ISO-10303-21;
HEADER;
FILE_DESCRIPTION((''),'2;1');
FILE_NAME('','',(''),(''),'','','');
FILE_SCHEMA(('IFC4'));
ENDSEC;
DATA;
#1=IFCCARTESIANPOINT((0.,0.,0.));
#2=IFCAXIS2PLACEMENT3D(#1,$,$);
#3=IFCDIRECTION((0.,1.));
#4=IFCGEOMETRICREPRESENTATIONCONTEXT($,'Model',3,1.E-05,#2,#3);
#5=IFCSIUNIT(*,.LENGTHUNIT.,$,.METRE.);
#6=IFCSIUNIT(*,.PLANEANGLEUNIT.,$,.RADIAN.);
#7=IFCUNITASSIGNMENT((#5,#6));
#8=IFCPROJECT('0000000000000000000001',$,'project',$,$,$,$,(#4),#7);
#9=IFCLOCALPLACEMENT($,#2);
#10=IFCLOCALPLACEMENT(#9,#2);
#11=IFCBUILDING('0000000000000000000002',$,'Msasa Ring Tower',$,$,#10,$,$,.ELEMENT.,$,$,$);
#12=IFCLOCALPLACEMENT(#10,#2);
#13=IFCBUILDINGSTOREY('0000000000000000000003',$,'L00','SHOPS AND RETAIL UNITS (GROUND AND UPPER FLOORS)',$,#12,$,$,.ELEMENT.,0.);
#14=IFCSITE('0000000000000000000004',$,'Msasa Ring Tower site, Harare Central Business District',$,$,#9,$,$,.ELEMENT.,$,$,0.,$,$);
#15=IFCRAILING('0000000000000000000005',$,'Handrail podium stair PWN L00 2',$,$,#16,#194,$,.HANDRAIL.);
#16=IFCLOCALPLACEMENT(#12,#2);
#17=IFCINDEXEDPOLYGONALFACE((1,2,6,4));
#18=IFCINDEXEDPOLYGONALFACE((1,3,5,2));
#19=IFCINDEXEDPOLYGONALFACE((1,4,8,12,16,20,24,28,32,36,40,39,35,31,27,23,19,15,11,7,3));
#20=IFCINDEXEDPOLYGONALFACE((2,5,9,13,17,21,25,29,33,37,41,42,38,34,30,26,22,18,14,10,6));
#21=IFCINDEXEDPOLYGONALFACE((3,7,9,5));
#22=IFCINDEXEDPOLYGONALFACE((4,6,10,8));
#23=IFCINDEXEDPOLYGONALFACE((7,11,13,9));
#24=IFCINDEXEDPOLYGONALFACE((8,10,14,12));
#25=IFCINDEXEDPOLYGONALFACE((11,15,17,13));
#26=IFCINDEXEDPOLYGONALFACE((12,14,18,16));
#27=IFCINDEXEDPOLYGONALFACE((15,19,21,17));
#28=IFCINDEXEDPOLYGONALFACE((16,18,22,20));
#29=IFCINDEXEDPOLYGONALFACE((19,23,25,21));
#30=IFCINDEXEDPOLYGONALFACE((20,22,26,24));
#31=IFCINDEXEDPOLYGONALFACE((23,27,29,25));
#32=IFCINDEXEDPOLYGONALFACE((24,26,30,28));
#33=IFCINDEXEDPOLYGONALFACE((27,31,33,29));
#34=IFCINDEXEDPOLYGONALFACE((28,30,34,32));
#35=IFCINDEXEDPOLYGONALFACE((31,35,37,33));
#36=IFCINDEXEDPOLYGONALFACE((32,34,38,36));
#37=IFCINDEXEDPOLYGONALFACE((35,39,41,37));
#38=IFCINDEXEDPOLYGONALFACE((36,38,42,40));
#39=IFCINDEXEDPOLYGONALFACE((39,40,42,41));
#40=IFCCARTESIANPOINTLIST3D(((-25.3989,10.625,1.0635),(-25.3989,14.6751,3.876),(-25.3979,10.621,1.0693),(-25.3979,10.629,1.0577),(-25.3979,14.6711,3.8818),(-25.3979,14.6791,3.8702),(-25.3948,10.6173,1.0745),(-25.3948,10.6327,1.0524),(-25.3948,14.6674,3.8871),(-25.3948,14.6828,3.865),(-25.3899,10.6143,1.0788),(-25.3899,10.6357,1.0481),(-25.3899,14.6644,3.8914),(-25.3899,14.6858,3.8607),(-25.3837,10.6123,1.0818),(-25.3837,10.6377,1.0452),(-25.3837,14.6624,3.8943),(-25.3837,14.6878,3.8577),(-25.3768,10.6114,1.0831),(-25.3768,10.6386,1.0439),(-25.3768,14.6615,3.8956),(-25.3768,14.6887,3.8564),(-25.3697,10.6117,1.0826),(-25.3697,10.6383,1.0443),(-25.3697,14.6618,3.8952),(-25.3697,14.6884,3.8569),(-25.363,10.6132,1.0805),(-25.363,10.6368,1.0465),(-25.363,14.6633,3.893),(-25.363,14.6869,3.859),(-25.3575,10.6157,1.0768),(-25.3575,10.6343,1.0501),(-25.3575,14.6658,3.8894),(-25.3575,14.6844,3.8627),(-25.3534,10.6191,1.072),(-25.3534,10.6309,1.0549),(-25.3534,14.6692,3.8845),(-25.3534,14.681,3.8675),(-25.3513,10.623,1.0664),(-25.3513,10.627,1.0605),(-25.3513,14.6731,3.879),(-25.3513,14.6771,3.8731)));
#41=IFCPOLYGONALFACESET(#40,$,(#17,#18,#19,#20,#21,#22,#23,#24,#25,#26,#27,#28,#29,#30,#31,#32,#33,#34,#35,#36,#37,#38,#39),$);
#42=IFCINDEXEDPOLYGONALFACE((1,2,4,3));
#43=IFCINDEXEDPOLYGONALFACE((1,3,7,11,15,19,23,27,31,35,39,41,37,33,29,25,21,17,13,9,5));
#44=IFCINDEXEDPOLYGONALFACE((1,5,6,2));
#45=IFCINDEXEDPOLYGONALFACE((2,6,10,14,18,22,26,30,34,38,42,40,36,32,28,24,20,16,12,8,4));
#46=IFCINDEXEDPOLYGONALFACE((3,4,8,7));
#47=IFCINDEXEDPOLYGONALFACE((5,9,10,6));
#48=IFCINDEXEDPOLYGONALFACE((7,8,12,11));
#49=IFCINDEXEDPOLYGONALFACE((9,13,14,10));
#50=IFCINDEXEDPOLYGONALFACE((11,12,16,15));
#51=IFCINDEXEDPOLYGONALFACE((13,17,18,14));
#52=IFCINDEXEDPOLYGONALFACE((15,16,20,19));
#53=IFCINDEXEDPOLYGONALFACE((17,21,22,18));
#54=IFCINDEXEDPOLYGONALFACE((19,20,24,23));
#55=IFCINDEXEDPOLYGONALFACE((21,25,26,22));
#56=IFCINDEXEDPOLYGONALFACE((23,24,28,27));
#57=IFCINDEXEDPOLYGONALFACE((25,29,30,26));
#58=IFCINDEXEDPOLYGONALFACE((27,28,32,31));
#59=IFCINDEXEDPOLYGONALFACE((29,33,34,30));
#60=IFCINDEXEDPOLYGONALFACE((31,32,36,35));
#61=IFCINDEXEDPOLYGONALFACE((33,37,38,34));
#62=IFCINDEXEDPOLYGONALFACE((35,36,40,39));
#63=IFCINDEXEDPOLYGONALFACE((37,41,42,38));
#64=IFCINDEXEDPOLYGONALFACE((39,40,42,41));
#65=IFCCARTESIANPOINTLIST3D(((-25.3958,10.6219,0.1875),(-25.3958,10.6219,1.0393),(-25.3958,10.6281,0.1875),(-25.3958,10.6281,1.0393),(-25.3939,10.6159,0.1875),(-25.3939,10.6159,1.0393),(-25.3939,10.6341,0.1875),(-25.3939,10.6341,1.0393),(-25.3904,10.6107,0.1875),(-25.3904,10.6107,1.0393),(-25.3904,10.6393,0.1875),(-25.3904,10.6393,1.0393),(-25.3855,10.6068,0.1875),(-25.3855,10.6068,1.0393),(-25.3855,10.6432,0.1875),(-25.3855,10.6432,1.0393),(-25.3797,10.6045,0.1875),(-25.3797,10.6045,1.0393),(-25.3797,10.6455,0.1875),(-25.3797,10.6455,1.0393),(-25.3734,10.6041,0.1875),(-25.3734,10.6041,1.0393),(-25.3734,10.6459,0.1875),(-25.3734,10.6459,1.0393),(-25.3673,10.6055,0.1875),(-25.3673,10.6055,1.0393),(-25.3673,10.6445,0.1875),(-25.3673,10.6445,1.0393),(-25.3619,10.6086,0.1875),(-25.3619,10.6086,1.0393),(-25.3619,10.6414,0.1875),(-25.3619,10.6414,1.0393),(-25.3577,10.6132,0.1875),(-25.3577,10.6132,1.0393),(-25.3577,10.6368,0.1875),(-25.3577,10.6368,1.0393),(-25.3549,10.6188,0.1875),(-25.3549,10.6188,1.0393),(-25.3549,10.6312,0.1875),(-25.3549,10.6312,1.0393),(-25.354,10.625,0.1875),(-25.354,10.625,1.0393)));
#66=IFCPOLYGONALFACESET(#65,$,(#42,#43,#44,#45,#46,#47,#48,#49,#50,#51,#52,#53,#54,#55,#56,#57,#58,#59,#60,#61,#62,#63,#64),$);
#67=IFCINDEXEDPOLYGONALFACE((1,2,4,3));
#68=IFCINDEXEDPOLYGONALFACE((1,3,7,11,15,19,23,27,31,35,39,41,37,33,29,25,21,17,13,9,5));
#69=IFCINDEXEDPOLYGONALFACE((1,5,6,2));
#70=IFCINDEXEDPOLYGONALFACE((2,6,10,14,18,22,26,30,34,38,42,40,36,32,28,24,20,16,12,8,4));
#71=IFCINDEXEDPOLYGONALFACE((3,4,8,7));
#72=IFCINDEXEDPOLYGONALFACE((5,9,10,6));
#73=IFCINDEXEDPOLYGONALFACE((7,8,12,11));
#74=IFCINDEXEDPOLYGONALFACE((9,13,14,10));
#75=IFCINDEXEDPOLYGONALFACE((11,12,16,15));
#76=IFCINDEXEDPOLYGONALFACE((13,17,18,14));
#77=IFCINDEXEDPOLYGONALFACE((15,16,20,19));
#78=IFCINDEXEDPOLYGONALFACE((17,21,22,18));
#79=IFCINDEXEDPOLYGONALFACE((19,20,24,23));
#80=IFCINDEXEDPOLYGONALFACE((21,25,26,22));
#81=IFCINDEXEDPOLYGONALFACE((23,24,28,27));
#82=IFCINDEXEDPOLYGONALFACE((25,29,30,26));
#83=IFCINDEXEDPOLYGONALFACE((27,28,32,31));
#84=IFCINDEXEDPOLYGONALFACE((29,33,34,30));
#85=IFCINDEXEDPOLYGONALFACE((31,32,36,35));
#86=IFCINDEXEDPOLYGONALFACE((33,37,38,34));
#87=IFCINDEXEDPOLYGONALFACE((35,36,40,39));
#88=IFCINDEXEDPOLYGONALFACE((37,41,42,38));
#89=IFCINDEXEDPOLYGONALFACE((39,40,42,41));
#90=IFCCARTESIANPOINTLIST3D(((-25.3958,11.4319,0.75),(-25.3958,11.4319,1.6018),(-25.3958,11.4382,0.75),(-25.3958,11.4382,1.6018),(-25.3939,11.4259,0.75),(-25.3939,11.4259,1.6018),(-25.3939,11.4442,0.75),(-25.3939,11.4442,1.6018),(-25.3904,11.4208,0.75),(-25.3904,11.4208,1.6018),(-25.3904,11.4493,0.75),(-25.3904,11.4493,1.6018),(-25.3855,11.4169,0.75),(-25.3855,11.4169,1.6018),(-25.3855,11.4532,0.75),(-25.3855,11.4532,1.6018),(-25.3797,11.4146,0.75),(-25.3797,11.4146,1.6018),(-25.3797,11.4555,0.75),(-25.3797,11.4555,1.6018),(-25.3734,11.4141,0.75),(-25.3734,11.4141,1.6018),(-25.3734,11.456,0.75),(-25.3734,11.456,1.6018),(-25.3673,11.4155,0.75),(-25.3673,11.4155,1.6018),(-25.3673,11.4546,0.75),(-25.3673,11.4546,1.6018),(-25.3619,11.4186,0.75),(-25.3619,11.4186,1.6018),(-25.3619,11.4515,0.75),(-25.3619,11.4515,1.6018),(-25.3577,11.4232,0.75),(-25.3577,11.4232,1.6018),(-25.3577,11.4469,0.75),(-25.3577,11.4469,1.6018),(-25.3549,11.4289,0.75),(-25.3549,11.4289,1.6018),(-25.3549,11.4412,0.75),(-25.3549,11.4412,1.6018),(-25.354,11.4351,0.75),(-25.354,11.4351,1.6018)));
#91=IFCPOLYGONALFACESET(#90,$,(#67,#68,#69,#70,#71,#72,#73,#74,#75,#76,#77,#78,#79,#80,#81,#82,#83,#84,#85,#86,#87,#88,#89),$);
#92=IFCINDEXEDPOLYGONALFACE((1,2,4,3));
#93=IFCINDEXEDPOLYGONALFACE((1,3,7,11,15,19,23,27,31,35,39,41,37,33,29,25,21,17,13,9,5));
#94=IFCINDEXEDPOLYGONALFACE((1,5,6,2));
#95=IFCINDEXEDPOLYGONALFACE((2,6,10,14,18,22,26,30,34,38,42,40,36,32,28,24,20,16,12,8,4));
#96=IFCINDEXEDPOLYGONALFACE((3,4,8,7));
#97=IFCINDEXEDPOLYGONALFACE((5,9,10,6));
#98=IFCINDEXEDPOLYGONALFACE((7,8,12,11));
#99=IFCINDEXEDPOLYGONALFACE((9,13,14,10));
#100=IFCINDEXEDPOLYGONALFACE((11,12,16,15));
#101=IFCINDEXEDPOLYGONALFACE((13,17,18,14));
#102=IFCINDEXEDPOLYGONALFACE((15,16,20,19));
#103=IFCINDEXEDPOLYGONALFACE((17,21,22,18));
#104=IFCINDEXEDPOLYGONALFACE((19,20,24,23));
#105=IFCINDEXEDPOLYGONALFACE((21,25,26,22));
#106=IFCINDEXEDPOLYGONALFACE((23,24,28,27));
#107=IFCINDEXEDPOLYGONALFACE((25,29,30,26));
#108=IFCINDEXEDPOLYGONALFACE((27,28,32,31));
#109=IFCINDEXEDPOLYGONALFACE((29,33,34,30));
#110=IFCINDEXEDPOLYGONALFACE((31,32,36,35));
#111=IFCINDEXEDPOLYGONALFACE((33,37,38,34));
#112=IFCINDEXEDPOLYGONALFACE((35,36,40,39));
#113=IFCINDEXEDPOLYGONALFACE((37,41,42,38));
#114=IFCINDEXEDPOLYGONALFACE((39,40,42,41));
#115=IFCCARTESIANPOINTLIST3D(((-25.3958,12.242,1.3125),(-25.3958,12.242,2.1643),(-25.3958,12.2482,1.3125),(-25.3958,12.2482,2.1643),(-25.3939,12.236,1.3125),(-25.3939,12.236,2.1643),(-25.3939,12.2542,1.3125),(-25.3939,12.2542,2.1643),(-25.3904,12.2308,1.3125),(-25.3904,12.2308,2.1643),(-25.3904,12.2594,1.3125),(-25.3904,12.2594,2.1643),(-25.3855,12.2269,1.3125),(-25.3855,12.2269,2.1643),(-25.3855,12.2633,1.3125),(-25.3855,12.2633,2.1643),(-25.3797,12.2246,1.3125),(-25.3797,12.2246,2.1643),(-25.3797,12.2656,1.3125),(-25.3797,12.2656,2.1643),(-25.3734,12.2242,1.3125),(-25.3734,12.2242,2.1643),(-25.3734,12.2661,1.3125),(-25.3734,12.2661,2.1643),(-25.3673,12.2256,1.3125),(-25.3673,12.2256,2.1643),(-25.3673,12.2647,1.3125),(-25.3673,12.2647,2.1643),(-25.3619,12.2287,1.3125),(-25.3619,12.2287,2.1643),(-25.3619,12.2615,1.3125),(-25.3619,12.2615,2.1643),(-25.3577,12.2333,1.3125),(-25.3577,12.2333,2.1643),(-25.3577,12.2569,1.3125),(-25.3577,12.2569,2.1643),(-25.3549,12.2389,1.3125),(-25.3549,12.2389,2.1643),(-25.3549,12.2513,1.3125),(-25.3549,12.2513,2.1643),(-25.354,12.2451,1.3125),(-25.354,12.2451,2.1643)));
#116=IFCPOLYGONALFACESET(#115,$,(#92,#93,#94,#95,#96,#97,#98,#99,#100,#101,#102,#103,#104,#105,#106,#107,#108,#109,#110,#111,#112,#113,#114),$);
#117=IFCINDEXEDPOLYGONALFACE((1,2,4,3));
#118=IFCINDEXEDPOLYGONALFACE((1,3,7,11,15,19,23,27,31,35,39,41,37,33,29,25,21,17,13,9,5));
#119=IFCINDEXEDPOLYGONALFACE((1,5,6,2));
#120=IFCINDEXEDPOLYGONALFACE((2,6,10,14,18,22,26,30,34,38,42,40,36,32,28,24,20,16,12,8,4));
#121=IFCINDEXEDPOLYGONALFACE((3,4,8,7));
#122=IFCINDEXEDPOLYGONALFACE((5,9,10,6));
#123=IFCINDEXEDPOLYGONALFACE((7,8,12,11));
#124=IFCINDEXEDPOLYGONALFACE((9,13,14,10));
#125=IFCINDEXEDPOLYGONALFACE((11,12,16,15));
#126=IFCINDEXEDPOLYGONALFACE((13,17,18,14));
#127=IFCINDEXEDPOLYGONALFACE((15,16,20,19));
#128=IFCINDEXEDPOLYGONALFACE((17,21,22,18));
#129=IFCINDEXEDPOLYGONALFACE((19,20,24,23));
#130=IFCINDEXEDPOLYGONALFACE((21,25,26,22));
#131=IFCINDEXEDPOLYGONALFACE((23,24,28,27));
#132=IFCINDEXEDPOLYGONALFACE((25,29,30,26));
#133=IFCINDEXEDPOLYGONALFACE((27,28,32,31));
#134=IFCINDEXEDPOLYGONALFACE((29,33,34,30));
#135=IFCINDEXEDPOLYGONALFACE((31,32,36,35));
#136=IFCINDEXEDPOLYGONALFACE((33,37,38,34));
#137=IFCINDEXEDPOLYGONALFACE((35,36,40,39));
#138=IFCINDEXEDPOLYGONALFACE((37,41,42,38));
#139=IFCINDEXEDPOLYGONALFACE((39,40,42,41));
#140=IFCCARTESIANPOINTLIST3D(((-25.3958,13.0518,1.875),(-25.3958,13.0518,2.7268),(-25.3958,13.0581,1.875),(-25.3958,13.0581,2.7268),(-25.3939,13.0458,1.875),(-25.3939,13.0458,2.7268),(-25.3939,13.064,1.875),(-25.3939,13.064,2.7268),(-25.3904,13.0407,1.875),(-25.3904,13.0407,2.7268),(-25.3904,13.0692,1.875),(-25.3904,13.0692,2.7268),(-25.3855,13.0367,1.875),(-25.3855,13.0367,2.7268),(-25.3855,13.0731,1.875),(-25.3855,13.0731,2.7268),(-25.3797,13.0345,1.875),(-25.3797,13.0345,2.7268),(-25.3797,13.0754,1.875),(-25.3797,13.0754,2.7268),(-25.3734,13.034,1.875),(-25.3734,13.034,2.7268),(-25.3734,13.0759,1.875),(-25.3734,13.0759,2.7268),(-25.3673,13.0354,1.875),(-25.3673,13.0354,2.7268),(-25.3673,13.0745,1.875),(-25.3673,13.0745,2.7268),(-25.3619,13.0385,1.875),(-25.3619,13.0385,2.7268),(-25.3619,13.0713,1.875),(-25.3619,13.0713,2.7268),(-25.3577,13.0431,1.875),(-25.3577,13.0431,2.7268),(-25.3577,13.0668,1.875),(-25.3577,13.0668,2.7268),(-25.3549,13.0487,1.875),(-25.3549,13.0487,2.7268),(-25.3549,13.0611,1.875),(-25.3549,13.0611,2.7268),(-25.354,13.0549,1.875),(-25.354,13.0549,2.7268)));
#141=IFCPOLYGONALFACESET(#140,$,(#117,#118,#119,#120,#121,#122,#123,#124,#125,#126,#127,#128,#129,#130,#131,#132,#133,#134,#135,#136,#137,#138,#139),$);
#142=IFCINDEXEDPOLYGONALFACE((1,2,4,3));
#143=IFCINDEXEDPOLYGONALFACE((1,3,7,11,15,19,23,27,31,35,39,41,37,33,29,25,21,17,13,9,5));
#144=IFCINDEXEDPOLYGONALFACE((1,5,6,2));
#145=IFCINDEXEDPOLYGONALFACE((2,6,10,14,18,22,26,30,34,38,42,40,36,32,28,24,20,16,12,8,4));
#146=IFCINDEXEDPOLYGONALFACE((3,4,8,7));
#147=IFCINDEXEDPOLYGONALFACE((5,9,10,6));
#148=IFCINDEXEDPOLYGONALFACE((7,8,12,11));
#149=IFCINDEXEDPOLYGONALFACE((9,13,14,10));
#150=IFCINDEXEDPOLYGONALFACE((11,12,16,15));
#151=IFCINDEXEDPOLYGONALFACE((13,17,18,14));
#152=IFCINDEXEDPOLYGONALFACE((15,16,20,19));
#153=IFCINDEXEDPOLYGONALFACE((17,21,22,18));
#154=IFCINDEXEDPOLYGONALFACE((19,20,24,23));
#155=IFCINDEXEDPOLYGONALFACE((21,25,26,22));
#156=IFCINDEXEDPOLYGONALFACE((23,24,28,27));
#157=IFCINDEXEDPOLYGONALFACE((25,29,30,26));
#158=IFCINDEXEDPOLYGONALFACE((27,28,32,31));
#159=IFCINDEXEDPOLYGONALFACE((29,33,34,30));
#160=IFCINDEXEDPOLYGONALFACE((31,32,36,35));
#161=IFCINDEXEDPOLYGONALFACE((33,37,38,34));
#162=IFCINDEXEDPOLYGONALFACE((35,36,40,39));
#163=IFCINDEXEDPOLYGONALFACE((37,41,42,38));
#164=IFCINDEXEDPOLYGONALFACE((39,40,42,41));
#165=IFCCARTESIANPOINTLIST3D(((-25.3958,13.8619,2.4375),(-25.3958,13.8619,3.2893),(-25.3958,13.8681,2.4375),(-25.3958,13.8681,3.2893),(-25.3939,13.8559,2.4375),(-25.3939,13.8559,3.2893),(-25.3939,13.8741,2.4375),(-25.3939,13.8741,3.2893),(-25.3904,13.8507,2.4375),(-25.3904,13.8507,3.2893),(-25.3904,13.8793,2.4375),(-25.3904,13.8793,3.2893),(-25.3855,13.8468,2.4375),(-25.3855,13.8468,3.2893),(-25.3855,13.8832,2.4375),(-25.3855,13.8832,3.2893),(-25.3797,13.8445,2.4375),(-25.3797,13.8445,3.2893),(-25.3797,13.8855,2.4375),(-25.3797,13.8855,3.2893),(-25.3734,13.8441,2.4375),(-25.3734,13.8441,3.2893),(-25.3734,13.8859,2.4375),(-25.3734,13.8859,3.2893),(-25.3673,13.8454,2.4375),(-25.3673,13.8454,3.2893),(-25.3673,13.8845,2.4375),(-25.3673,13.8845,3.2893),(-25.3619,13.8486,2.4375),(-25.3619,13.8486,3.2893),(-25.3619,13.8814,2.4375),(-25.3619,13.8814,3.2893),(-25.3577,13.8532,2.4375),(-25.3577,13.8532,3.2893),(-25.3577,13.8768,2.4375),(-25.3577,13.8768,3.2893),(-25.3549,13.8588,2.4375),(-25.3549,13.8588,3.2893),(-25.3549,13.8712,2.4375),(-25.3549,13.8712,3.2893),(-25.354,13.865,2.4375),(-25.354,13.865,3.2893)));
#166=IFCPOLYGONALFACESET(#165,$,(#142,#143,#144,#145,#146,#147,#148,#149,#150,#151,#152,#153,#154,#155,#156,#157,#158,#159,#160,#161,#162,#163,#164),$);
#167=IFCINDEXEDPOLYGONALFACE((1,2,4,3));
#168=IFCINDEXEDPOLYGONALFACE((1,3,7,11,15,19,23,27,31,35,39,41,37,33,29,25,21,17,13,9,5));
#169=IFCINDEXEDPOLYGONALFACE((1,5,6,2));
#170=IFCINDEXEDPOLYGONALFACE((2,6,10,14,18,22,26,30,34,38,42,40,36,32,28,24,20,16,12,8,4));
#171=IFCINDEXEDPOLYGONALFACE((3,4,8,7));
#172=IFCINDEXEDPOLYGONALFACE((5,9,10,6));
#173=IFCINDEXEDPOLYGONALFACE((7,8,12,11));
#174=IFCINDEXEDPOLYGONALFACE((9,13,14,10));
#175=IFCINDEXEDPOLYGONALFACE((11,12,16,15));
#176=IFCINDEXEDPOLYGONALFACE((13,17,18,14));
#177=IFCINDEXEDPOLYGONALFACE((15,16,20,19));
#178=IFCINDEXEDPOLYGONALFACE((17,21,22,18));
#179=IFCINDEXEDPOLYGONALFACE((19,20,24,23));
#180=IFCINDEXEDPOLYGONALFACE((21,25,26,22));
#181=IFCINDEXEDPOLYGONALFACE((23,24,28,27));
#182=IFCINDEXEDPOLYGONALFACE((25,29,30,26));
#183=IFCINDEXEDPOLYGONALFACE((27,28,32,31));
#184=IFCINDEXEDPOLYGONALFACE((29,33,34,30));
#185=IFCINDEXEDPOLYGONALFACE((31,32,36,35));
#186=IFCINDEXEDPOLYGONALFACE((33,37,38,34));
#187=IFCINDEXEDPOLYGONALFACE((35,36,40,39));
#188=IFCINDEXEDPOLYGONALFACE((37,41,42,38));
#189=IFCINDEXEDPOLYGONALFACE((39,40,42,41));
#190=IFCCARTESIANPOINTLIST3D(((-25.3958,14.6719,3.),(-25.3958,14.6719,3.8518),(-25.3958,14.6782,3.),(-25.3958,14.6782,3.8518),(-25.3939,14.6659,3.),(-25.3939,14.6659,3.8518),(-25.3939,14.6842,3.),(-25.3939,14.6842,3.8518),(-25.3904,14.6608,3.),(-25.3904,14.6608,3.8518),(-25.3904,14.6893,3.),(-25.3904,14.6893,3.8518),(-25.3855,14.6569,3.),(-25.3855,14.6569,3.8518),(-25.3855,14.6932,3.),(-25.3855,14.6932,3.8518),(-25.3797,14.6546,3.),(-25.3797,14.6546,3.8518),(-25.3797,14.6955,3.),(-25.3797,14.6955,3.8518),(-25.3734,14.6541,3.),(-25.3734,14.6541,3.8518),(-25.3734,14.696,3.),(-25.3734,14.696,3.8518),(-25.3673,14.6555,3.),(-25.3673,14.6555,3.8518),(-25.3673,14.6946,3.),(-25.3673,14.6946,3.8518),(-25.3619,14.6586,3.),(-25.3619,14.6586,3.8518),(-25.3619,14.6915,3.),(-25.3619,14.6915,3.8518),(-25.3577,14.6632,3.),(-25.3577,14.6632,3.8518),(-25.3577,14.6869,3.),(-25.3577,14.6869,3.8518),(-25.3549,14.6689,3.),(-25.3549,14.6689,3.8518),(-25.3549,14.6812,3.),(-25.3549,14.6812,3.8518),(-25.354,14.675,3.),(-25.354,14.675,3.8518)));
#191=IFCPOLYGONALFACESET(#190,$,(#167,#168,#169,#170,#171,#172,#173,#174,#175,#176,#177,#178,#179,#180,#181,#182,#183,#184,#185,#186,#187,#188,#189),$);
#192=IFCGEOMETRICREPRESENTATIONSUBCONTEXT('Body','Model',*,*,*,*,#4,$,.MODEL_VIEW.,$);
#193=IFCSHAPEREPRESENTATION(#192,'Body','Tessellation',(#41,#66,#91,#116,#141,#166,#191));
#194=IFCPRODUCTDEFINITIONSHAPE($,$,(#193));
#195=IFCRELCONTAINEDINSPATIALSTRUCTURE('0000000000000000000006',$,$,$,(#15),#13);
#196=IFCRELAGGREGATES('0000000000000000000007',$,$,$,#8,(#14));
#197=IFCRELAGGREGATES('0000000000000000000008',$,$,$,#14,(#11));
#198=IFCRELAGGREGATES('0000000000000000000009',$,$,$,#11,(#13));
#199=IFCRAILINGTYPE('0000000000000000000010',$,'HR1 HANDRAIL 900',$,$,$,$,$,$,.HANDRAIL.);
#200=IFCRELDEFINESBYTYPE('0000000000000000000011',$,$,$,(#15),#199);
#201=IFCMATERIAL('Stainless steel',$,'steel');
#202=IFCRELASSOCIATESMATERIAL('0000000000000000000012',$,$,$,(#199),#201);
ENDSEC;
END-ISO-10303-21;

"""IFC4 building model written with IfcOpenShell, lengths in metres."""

from ifc_helpers import new_model, si_unit, direction, frame, origin, origin_2d, place, context, subcontext, project, spatial, circle, extrude, material, type_object, element, save


model = new_model("IFC4")

# Units and contexts
model_context = context("Model", 3, precision=1e-05, world=origin(), true_north=direction((0.0, 1.0)))
body_context = subcontext(model_context, "Body", "Model", "MODEL_VIEW")
ifc_project = project(units=[si_unit("LENGTHUNIT", "METRE"), si_unit("PLANEANGLEUNIT", "RADIAN")], contexts=[model_context])

# Site, building, storey
site_placement = place(None, origin())
site = spatial("IfcSite", under=ifc_project, at=site_placement, Name="Msasa Ring Tower site, Harare Central Business District", CompositionType="ELEMENT", RefElevation=0.0)
building_placement = place(site_placement, origin())
building = spatial("IfcBuilding", under=site, at=building_placement, Name="Msasa Ring Tower", CompositionType="ELEMENT")
storey_placement = place(building_placement, origin())
storey = spatial("IfcBuildingStorey", under=building, at=storey_placement, Name="L00", Description="SHOPS AND RETAIL UNITS (GROUND AND UPPER FLOORS)", CompositionType="ELEMENT", Elevation=0.0)

# Railing
ifc_material_1 = material(Name="Stainless steel", Category="steel")
railing_type = type_object("IfcRailingType", Name="HR1 HANDRAIL 900", PredefinedType="HANDRAIL", material=ifc_material_1)
for number, where, name in (
    (1, (-25.375, 10.625, 0.1875), "Handrail podium stair PWN L00 2"),
):
    element("IfcRailing", number, at=place(storey_placement, frame(where)), inside=storey, type_object=railing_type, Name=name, PredefinedType="HANDRAIL", context=body_context, shape_type="SweptSolid", body=[
        extrude(circle(Radius=0.0239, at=origin_2d()), frame((0.0, 0.0, 0.876), z_axis=(0.0, 0.821373, 0.570391), x_axis=(-1.0, 0.0, 0.0)), (0.0, 0.0, 1.0), 4.9309),
        extrude(circle(Radius=0.021, at=origin_2d()), origin(), (0.0, 0.0, 1.0), 0.8518),
        extrude(circle(Radius=0.021, at=origin_2d()), frame((0.0, 0.8101, 0.5625)), (0.0, 0.0, 1.0), 0.8518),
        extrude(circle(Radius=0.021, at=origin_2d()), frame((0.0, 1.6201, 1.125)), (0.0, 0.0, 1.0), 0.8518),
        extrude(circle(Radius=0.021, at=origin_2d()), frame((0.0, 2.4299, 1.6875)), (0.0, 0.0, 1.0), 0.8518),
        extrude(circle(Radius=0.021, at=origin_2d()), frame((0.0, 3.24, 2.25)), (0.0, 0.0, 1.0), 0.8518),
        extrude(circle(Radius=0.021, at=origin_2d()), frame((0.0, 4.05, 2.8125)), (0.0, 0.0, 1.0), 0.8518),
    ])

save(model, "model.ifc")
